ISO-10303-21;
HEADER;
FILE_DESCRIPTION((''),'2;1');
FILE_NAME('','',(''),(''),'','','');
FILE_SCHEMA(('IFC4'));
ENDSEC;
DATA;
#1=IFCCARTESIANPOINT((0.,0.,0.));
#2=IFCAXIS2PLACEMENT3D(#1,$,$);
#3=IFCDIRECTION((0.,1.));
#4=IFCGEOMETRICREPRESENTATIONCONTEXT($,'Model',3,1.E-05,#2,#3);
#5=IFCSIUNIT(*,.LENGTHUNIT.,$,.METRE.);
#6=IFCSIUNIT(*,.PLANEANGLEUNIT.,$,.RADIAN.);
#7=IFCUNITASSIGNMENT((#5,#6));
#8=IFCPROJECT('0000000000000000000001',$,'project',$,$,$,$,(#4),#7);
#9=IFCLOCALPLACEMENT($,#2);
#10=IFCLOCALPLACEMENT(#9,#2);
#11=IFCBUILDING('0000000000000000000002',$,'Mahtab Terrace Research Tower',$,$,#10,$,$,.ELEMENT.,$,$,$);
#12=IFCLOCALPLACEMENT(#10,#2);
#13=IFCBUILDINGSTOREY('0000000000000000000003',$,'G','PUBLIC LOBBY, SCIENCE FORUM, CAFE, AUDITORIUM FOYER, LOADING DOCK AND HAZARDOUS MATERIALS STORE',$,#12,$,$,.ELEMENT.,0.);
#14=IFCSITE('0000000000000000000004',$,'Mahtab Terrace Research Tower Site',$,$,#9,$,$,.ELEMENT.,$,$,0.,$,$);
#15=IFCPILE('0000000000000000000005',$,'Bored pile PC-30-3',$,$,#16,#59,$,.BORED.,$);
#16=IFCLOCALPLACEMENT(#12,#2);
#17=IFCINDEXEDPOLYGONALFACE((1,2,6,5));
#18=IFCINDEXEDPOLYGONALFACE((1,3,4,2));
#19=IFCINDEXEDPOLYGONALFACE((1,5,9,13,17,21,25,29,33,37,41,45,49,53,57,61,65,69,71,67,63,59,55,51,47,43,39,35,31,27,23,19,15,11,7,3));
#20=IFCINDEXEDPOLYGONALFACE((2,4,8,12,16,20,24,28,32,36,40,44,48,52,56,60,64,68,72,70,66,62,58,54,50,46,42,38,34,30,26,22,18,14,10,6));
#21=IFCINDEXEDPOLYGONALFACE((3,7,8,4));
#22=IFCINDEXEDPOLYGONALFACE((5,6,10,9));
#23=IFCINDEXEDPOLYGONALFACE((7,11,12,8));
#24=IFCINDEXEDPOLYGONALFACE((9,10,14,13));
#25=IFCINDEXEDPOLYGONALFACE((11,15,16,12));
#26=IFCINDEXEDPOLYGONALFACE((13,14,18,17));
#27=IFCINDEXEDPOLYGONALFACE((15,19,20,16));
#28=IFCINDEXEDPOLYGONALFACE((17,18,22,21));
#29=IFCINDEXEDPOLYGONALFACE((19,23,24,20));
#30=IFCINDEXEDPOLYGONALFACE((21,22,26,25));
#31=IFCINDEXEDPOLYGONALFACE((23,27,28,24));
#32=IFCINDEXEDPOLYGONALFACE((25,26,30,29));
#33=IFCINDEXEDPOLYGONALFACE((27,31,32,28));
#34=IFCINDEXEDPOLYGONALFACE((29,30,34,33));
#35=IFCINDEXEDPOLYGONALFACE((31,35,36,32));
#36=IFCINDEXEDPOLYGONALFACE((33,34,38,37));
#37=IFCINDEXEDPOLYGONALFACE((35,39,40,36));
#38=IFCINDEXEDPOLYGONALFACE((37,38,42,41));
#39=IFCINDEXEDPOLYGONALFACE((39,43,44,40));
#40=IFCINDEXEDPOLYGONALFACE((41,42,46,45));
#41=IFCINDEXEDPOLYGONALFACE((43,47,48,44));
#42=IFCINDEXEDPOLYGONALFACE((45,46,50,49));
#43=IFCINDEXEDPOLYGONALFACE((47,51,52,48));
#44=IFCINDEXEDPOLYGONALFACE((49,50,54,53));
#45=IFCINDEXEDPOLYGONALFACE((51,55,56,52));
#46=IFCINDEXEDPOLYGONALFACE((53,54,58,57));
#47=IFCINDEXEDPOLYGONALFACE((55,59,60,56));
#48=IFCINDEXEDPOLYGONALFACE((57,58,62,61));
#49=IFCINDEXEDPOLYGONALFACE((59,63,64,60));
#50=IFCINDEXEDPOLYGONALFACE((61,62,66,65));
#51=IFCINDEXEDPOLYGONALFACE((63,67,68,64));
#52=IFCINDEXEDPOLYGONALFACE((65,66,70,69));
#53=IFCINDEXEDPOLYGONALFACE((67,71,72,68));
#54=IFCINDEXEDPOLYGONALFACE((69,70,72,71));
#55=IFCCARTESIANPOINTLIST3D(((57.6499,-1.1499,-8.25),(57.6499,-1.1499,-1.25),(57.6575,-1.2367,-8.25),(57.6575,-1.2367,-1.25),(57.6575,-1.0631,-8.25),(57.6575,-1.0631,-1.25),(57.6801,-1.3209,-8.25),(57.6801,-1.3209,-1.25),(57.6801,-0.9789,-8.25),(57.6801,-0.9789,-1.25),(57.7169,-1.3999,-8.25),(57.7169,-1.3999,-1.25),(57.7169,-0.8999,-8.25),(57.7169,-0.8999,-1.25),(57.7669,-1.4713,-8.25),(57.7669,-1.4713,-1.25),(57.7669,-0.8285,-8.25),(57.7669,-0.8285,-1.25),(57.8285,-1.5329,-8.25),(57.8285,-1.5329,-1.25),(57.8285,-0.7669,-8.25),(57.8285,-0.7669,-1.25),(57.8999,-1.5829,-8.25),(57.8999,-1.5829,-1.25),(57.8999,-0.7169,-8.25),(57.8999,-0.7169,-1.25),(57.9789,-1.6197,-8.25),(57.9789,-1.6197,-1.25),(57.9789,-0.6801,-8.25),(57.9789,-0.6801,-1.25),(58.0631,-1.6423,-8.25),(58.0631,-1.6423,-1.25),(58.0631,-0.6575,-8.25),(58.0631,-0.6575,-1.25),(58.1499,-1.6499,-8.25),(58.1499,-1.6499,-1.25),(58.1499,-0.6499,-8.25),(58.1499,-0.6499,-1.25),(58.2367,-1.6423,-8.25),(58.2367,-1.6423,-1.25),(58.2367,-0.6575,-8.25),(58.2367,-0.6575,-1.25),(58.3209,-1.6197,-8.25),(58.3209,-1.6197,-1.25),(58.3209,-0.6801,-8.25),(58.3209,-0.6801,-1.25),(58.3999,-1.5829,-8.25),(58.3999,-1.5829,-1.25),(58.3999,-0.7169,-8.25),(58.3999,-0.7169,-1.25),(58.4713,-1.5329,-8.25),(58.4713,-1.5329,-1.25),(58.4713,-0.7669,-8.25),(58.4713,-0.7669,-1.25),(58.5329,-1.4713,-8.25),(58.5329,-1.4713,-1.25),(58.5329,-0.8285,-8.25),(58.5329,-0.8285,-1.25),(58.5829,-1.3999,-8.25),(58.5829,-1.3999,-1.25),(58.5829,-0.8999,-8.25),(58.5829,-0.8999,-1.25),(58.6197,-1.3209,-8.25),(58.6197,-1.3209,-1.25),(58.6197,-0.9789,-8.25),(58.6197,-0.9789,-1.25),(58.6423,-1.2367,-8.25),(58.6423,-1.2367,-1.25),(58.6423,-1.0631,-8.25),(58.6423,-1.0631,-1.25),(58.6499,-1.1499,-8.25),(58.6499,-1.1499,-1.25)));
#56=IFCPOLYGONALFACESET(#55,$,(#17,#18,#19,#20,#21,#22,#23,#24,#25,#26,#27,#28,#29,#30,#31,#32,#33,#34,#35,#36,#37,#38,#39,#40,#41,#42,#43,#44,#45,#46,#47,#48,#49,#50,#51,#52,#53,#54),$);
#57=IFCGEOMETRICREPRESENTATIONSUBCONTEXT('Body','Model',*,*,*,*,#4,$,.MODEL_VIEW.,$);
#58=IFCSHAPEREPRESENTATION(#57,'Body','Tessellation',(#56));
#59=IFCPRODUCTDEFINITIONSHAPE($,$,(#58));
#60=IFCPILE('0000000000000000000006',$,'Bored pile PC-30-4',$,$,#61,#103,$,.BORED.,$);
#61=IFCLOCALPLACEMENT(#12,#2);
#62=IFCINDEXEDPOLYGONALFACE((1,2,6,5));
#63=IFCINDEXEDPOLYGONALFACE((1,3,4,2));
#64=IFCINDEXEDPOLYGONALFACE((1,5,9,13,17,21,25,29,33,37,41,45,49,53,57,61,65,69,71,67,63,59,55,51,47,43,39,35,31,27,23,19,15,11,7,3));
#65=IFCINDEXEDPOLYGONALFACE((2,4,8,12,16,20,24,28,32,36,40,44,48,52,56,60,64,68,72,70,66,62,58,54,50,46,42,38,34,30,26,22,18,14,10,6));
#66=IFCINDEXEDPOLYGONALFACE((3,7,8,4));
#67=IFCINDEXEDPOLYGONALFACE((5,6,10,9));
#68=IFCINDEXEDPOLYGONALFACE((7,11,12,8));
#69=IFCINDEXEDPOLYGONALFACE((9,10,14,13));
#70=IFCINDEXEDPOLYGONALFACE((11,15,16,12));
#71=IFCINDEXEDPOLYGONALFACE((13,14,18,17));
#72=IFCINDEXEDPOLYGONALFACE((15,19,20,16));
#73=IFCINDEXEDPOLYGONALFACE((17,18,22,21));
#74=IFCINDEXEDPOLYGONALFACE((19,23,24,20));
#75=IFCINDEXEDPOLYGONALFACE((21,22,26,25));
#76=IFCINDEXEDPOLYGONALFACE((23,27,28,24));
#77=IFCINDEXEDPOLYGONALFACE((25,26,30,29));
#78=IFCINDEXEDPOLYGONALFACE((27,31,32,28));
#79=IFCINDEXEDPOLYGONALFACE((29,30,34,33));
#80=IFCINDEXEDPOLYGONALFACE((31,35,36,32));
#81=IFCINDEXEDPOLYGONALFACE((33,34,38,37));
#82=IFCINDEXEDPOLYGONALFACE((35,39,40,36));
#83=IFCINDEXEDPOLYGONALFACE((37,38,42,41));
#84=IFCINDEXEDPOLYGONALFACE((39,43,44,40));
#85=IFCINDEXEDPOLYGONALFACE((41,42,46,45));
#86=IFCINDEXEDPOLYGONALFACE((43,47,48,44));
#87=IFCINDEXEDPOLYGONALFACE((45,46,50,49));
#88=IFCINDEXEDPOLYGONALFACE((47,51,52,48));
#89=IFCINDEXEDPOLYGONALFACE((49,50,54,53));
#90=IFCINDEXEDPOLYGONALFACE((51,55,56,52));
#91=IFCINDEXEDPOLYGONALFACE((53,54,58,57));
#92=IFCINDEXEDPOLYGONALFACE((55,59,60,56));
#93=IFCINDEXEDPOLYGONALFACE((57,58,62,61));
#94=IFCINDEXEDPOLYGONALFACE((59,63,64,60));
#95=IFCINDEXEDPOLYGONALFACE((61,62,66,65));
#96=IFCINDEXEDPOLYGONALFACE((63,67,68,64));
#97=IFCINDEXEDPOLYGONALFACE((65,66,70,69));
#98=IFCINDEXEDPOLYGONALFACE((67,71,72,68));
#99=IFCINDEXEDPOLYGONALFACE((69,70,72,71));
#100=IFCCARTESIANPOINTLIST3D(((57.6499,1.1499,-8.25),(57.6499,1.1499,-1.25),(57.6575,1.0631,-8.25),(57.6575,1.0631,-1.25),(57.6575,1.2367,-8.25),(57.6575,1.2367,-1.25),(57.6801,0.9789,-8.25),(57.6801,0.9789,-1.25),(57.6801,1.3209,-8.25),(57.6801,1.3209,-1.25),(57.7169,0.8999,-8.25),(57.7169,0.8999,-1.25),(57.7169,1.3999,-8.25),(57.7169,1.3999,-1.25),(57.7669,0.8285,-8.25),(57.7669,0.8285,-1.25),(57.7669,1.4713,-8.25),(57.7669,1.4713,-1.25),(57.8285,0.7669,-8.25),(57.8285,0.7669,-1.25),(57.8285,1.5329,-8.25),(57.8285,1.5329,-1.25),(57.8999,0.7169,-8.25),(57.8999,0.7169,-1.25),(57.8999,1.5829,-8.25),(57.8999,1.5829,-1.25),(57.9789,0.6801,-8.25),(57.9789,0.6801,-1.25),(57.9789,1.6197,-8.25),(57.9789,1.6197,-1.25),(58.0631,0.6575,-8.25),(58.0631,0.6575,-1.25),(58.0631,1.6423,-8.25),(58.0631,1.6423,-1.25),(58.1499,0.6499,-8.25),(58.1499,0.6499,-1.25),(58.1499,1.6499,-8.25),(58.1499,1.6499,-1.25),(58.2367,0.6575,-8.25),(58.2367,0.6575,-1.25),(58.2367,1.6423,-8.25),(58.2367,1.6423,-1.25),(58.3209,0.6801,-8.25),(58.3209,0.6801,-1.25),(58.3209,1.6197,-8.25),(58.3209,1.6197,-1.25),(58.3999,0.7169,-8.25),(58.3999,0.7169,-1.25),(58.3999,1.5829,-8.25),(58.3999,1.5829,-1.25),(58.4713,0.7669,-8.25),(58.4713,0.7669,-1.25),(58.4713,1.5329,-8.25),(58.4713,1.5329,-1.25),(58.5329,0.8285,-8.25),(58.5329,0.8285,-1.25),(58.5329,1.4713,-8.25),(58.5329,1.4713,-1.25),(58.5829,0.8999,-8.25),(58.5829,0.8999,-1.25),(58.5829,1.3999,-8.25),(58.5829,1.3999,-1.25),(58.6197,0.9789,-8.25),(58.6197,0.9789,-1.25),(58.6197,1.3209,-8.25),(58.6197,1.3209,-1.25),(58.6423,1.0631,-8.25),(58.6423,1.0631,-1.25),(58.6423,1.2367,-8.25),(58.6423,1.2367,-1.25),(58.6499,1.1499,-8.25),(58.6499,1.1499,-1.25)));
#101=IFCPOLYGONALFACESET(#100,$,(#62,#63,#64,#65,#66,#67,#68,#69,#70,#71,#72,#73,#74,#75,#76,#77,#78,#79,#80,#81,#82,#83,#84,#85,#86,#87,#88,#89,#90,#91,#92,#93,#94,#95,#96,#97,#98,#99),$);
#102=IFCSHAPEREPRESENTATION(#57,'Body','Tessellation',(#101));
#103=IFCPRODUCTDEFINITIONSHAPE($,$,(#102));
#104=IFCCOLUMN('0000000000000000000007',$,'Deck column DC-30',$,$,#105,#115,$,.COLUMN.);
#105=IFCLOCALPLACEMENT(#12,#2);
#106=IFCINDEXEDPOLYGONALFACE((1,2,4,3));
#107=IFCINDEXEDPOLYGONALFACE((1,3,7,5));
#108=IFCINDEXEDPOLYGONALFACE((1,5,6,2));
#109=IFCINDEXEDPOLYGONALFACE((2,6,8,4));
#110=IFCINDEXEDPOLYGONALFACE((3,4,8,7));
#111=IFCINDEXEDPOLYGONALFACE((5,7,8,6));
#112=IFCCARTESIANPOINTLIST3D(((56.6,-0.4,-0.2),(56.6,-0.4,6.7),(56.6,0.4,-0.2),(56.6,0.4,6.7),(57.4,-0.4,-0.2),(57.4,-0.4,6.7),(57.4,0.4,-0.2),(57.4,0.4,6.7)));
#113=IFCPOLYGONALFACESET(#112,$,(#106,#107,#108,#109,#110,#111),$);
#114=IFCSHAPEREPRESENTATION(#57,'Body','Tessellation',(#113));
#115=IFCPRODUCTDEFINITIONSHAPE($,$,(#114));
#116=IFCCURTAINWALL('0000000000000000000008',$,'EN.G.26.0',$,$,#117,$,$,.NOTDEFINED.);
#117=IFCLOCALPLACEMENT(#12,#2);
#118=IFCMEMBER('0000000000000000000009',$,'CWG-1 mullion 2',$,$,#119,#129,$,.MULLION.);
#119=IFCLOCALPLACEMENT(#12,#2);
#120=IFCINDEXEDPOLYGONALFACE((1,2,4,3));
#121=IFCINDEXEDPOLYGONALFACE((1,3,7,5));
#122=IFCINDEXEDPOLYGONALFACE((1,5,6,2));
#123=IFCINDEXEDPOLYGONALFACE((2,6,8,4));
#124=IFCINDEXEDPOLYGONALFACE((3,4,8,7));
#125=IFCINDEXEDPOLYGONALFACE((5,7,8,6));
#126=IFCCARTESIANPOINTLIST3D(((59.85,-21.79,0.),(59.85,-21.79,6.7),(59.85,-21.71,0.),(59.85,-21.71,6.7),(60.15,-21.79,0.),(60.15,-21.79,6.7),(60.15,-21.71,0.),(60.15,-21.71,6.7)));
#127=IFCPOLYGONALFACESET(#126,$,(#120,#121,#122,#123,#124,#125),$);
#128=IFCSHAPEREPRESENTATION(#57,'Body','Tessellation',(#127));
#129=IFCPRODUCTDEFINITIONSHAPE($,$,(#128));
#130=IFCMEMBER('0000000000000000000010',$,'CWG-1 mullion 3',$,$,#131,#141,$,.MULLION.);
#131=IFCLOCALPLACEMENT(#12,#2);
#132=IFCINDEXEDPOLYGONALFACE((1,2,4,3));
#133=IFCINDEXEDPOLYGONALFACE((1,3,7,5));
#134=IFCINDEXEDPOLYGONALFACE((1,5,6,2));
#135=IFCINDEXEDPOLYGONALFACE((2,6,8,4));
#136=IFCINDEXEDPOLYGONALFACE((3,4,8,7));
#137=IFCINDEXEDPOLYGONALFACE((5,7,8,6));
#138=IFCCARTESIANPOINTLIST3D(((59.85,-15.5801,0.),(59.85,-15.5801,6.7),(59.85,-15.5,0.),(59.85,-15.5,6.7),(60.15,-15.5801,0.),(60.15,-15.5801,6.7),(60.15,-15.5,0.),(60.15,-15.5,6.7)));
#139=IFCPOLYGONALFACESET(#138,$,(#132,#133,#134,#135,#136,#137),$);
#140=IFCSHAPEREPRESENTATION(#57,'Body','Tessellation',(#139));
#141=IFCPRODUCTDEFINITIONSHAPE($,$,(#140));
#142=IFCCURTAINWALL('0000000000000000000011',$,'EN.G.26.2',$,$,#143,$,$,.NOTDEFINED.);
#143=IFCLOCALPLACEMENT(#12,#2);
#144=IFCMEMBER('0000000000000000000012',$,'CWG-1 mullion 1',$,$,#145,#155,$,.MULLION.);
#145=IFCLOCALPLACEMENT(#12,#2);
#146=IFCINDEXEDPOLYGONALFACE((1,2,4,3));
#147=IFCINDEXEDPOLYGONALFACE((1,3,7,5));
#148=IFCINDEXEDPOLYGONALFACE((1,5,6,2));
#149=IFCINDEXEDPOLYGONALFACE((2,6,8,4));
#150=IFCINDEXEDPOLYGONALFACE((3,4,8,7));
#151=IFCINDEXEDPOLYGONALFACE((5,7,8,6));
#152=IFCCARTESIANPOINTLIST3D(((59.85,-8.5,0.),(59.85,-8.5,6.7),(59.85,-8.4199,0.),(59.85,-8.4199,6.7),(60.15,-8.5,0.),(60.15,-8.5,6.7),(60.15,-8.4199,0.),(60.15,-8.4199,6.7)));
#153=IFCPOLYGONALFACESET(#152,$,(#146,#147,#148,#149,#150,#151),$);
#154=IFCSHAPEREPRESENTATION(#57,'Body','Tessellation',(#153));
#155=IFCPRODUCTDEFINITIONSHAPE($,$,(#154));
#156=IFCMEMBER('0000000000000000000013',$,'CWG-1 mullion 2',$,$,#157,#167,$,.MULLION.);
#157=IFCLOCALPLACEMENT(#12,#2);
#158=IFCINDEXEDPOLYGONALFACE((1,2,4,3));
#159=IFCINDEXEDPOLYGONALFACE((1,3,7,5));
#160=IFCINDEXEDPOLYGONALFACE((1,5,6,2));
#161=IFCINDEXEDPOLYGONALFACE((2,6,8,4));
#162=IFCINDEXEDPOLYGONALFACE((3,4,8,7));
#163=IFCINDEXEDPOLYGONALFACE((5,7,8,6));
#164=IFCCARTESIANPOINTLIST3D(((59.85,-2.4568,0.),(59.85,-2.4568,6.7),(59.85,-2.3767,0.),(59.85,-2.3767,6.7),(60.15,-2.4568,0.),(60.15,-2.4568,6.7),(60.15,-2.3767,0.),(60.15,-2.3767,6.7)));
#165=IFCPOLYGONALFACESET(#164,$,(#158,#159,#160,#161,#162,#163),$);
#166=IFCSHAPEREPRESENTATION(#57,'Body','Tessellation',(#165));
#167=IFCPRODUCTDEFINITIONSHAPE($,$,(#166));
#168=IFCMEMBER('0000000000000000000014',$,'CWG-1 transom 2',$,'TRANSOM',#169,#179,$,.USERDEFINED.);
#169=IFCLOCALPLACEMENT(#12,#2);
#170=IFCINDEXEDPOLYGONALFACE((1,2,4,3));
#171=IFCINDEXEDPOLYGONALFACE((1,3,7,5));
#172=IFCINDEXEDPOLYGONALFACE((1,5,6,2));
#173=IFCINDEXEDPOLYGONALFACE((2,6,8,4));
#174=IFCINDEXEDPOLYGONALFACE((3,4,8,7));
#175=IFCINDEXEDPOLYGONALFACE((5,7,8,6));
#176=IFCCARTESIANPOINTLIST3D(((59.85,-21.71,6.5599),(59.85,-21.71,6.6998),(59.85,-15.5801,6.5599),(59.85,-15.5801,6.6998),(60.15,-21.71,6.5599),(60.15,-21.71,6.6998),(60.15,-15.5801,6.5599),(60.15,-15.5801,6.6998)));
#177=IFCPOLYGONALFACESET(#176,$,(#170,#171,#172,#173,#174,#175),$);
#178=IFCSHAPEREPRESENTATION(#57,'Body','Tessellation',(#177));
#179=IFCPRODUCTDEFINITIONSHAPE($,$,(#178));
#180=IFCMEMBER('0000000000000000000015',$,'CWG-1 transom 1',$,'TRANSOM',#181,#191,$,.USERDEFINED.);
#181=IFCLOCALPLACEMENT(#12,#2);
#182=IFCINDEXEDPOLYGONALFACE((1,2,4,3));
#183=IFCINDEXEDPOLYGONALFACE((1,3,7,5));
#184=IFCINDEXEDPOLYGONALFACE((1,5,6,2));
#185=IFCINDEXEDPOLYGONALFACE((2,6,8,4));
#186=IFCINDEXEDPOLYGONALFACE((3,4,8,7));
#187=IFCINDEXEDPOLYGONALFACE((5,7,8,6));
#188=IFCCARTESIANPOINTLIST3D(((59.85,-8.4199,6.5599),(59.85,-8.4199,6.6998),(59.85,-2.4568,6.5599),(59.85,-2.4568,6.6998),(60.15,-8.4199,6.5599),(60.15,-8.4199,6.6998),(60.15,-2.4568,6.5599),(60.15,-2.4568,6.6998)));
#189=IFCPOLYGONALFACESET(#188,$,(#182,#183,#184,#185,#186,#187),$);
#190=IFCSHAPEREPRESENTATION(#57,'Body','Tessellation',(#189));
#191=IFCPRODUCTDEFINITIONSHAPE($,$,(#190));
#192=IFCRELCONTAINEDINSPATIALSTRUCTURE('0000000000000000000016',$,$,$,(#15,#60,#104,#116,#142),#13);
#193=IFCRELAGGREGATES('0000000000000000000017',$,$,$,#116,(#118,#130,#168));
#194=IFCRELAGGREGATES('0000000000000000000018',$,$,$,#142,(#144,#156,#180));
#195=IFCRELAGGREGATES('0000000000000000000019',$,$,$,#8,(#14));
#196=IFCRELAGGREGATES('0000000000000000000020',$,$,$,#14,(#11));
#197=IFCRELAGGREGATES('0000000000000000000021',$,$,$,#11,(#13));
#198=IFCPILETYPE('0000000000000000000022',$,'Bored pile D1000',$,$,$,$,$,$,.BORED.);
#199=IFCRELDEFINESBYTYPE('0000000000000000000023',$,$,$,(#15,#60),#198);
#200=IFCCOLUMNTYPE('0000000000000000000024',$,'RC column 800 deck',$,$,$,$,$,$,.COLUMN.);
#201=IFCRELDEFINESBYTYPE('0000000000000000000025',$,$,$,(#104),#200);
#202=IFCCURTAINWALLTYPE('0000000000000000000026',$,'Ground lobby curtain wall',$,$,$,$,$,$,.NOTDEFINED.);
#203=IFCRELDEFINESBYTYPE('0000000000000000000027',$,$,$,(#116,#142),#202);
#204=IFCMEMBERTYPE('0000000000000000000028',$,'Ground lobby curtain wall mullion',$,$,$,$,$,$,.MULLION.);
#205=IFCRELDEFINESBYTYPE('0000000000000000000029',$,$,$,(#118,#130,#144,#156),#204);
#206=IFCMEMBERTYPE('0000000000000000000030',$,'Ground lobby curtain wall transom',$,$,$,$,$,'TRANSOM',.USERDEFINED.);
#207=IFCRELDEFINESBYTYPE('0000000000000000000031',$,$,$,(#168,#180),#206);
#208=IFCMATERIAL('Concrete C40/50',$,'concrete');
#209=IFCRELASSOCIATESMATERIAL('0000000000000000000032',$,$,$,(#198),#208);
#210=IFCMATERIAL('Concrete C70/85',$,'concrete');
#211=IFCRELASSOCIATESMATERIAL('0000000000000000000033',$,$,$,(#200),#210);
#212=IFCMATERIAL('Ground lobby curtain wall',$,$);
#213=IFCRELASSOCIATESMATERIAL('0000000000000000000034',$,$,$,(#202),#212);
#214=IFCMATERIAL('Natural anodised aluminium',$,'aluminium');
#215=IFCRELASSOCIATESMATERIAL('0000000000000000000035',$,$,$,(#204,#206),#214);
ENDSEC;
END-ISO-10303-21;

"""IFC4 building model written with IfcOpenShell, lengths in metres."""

from ifc_helpers import new_model, si_unit, direction, frame, origin, origin_2d, place, context, subcontext, project, spatial, rectangle, circle, extrude, material, material_profile, profile_set, type_object, element, aggregate, save


model = new_model("IFC4")

# Units and contexts
model_context = context("Model", 3, precision=1e-05, world=origin(), true_north=direction((0.0, 1.0)))
body_context = subcontext(model_context, "Body", "Model", "MODEL_VIEW")
ifc_project = project(units=[si_unit("LENGTHUNIT", "METRE"), si_unit("PLANEANGLEUNIT", "RADIAN")], contexts=[model_context])

# Site, building, storey
site_placement = place(None, origin())
site = spatial("IfcSite", under=ifc_project, at=site_placement, Name="Mahtab Terrace Research Tower Site", CompositionType="ELEMENT", RefElevation=0.0)
building_placement = place(site_placement, origin())
building = spatial("IfcBuilding", under=site, at=building_placement, Name="Mahtab Terrace Research Tower", CompositionType="ELEMENT")
storey_placement = place(building_placement, origin())
storey = spatial("IfcBuildingStorey", under=building, at=storey_placement, Name="G", Description="PUBLIC LOBBY, SCIENCE FORUM, CAFE, AUDITORIUM FOYER, LOADING DOCK AND HAZARDOUS MATERIALS STORE", CompositionType="ELEMENT", Elevation=0.0)

# Piles
ifc_material_1 = material(Name="Concrete C40/50", Category="concrete")
ifc_material_profile_1 = material_profile(ifc_material_1, circle(Radius=0.5, at=origin_2d()), Name="Bored pile D1000")
ifc_profile_set_1 = profile_set([ifc_material_profile_1], Name="Concrete C40/50")
pile_type = type_object("IfcPileType", Name="Bored pile D1000", PredefinedType="BORED", material=ifc_profile_set_1)
for number, where, z_axis, x_axis, name in (
    (1, (58.1499, -1.1499, -1.25), (0.0, 0.0, -1.0), (1.0, 0.0, 0.0), "Bored pile PC-30-3"),
    (2, (58.1499, 1.1499, -1.25), (0.0, 0.0, -1.0), (1.0, 0.0, 0.0), "Bored pile PC-30-4"),
):
    element("IfcPile", number, at=place(storey_placement, frame(where, z_axis=z_axis, x_axis=x_axis)), inside=storey, type_object=pile_type, Name=name, PredefinedType="BORED", context=body_context, shape_type="SweptSolid", body=[
        extrude(circle(Radius=0.5, at=origin_2d()), origin(), (0.0, 0.0, 1.0), 7.0),
    ])

# Column
ifc_material_2 = material(Name="Concrete C70/85", Category="concrete")
ifc_material_profile_2 = material_profile(ifc_material_2, rectangle(XDim=0.8, YDim=0.8, at=origin_2d()), Name="RC column 800 deck")
ifc_profile_set_2 = profile_set([ifc_material_profile_2], Name="Concrete C70/85")
column_type = type_object("IfcColumnType", Name="RC column 800 deck", PredefinedType="COLUMN", material=ifc_profile_set_2)
column_placement = place(storey_placement, frame((57.0, 0.0, -0.2), z_axis=(0.0, 0.0, 1.0), x_axis=(1.0, 0.0, 0.0)))
element("IfcColumn", 3, at=column_placement, inside=storey, type_object=column_type, Name="Deck column DC-30", PredefinedType="COLUMN", context=body_context, shape_type="SweptSolid", body=[
    extrude(rectangle(XDim=0.8, YDim=0.8, at=origin_2d()), origin(), (0.0, 0.0, 1.0), 6.8999),
])

# Curtain walls, members
ifc_material_3 = material(Name="Ground lobby curtain wall")
curtain_wall_type = type_object("IfcCurtainWallType", Name="Ground lobby curtain wall", PredefinedType="NOTDEFINED", material=ifc_material_3)
curtain_wall_1_placement = place(storey_placement, origin())
curtain_wall_1 = element("IfcCurtainWall", 4, at=curtain_wall_1_placement, inside=storey, type_object=curtain_wall_type, Name="EN.G.26.0", PredefinedType="NOTDEFINED")
ifc_material_4 = material(Name="Natural anodised aluminium", Category="aluminium")
ifc_material_profile_3 = material_profile(ifc_material_4, rectangle(XDim=0.3, YDim=0.0801, at=origin_2d()), Name="MULLION 80x300")
ifc_profile_set_3 = profile_set([ifc_material_profile_3], Name="Natural anodised aluminium")
member_type_1 = type_object("IfcMemberType", Name="Ground lobby curtain wall mullion", PredefinedType="MULLION", material=ifc_profile_set_3)
member_1_placement = place(storey_placement, frame((60.0, -21.75, 0.0), z_axis=(0.0, 0.0, 1.0), x_axis=(-1.0, 0.0, 0.0)))
member_1 = element("IfcMember", 5, at=member_1_placement, type_object=member_type_1, Name="CWG-1 mullion 2", PredefinedType="MULLION", context=body_context, shape_type="SweptSolid", body=[
    extrude(rectangle(XDim=0.3, YDim=0.0801, at=origin_2d()), origin(), (0.0, 0.0, 1.0), 6.7),
])
member_2_placement = place(storey_placement, frame((60.0, -15.54, 0.0), z_axis=(0.0, 0.0, 1.0), x_axis=(-1.0, 0.0, 0.0)))
member_2 = element("IfcMember", 6, at=member_2_placement, type_object=member_type_1, Name="CWG-1 mullion 3", PredefinedType="MULLION", context=body_context, shape_type="SweptSolid", body=[
    extrude(rectangle(XDim=0.3, YDim=0.0801, at=origin_2d()), origin(), (0.0, 0.0, 1.0), 6.7),
])
curtain_wall_2_placement = place(storey_placement, origin())
curtain_wall_2 = element("IfcCurtainWall", 7, at=curtain_wall_2_placement, inside=storey, type_object=curtain_wall_type, Name="EN.G.26.2", PredefinedType="NOTDEFINED")
member_3_placement = place(storey_placement, frame((60.0, -8.46, 0.0), z_axis=(0.0, 0.0, 1.0), x_axis=(-1.0, 0.0, 0.0)))
member_3 = element("IfcMember", 8, at=member_3_placement, type_object=member_type_1, Name="CWG-1 mullion 1", PredefinedType="MULLION", context=body_context, shape_type="SweptSolid", body=[
    extrude(rectangle(XDim=0.3, YDim=0.0801, at=origin_2d()), origin(), (0.0, 0.0, 1.0), 6.7),
])
member_4_placement = place(storey_placement, frame((60.0, -2.4167, 0.0), z_axis=(0.0, 0.0, 1.0), x_axis=(-1.0, 0.0, 0.0)))
member_4 = element("IfcMember", 9, at=member_4_placement, type_object=member_type_1, Name="CWG-1 mullion 2", PredefinedType="MULLION", context=body_context, shape_type="SweptSolid", body=[
    extrude(rectangle(XDim=0.3, YDim=0.0801, at=origin_2d()), origin(), (0.0, 0.0, 1.0), 6.7),
])

# Members
ifc_material_profile_4 = material_profile(ifc_material_4, rectangle(XDim=0.3, YDim=0.1399, at=origin_2d()), Name="TRANSOM 140x300")
ifc_profile_set_4 = profile_set([ifc_material_profile_4], Name="Natural anodised aluminium")
member_type_2 = type_object("IfcMemberType", Name="Ground lobby curtain wall transom", ElementType="TRANSOM", PredefinedType="USERDEFINED", material=ifc_profile_set_4)
member_5_placement = place(storey_placement, frame((60.0, -21.71, 6.6299), z_axis=(0.0, 1.0, 0.0), x_axis=(-1.0, 0.0, 0.0)))
member_5 = element("IfcMember", 10, at=member_5_placement, type_object=member_type_2, Name="CWG-1 transom 2", ObjectType="TRANSOM", PredefinedType="USERDEFINED", context=body_context, shape_type="SweptSolid", body=[
    extrude(rectangle(XDim=0.3, YDim=0.1399, at=origin_2d()), origin(), (0.0, 0.0, 1.0), 6.1299),
])
member_6_placement = place(storey_placement, frame((60.0, -8.4199, 6.6299), z_axis=(0.0, 1.0, 0.0), x_axis=(-1.0, 0.0, 0.0)))
member_6 = element("IfcMember", 11, at=member_6_placement, type_object=member_type_2, Name="CWG-1 transom 1", ObjectType="TRANSOM", PredefinedType="USERDEFINED", context=body_context, shape_type="SweptSolid", body=[
    extrude(rectangle(XDim=0.3, YDim=0.1399, at=origin_2d()), origin(), (0.0, 0.0, 1.0), 5.9631),
])

aggregate(curtain_wall_1, [member_1, member_2, member_5])
aggregate(curtain_wall_2, [member_3, member_4, member_6])

save(model, "model.ifc")
